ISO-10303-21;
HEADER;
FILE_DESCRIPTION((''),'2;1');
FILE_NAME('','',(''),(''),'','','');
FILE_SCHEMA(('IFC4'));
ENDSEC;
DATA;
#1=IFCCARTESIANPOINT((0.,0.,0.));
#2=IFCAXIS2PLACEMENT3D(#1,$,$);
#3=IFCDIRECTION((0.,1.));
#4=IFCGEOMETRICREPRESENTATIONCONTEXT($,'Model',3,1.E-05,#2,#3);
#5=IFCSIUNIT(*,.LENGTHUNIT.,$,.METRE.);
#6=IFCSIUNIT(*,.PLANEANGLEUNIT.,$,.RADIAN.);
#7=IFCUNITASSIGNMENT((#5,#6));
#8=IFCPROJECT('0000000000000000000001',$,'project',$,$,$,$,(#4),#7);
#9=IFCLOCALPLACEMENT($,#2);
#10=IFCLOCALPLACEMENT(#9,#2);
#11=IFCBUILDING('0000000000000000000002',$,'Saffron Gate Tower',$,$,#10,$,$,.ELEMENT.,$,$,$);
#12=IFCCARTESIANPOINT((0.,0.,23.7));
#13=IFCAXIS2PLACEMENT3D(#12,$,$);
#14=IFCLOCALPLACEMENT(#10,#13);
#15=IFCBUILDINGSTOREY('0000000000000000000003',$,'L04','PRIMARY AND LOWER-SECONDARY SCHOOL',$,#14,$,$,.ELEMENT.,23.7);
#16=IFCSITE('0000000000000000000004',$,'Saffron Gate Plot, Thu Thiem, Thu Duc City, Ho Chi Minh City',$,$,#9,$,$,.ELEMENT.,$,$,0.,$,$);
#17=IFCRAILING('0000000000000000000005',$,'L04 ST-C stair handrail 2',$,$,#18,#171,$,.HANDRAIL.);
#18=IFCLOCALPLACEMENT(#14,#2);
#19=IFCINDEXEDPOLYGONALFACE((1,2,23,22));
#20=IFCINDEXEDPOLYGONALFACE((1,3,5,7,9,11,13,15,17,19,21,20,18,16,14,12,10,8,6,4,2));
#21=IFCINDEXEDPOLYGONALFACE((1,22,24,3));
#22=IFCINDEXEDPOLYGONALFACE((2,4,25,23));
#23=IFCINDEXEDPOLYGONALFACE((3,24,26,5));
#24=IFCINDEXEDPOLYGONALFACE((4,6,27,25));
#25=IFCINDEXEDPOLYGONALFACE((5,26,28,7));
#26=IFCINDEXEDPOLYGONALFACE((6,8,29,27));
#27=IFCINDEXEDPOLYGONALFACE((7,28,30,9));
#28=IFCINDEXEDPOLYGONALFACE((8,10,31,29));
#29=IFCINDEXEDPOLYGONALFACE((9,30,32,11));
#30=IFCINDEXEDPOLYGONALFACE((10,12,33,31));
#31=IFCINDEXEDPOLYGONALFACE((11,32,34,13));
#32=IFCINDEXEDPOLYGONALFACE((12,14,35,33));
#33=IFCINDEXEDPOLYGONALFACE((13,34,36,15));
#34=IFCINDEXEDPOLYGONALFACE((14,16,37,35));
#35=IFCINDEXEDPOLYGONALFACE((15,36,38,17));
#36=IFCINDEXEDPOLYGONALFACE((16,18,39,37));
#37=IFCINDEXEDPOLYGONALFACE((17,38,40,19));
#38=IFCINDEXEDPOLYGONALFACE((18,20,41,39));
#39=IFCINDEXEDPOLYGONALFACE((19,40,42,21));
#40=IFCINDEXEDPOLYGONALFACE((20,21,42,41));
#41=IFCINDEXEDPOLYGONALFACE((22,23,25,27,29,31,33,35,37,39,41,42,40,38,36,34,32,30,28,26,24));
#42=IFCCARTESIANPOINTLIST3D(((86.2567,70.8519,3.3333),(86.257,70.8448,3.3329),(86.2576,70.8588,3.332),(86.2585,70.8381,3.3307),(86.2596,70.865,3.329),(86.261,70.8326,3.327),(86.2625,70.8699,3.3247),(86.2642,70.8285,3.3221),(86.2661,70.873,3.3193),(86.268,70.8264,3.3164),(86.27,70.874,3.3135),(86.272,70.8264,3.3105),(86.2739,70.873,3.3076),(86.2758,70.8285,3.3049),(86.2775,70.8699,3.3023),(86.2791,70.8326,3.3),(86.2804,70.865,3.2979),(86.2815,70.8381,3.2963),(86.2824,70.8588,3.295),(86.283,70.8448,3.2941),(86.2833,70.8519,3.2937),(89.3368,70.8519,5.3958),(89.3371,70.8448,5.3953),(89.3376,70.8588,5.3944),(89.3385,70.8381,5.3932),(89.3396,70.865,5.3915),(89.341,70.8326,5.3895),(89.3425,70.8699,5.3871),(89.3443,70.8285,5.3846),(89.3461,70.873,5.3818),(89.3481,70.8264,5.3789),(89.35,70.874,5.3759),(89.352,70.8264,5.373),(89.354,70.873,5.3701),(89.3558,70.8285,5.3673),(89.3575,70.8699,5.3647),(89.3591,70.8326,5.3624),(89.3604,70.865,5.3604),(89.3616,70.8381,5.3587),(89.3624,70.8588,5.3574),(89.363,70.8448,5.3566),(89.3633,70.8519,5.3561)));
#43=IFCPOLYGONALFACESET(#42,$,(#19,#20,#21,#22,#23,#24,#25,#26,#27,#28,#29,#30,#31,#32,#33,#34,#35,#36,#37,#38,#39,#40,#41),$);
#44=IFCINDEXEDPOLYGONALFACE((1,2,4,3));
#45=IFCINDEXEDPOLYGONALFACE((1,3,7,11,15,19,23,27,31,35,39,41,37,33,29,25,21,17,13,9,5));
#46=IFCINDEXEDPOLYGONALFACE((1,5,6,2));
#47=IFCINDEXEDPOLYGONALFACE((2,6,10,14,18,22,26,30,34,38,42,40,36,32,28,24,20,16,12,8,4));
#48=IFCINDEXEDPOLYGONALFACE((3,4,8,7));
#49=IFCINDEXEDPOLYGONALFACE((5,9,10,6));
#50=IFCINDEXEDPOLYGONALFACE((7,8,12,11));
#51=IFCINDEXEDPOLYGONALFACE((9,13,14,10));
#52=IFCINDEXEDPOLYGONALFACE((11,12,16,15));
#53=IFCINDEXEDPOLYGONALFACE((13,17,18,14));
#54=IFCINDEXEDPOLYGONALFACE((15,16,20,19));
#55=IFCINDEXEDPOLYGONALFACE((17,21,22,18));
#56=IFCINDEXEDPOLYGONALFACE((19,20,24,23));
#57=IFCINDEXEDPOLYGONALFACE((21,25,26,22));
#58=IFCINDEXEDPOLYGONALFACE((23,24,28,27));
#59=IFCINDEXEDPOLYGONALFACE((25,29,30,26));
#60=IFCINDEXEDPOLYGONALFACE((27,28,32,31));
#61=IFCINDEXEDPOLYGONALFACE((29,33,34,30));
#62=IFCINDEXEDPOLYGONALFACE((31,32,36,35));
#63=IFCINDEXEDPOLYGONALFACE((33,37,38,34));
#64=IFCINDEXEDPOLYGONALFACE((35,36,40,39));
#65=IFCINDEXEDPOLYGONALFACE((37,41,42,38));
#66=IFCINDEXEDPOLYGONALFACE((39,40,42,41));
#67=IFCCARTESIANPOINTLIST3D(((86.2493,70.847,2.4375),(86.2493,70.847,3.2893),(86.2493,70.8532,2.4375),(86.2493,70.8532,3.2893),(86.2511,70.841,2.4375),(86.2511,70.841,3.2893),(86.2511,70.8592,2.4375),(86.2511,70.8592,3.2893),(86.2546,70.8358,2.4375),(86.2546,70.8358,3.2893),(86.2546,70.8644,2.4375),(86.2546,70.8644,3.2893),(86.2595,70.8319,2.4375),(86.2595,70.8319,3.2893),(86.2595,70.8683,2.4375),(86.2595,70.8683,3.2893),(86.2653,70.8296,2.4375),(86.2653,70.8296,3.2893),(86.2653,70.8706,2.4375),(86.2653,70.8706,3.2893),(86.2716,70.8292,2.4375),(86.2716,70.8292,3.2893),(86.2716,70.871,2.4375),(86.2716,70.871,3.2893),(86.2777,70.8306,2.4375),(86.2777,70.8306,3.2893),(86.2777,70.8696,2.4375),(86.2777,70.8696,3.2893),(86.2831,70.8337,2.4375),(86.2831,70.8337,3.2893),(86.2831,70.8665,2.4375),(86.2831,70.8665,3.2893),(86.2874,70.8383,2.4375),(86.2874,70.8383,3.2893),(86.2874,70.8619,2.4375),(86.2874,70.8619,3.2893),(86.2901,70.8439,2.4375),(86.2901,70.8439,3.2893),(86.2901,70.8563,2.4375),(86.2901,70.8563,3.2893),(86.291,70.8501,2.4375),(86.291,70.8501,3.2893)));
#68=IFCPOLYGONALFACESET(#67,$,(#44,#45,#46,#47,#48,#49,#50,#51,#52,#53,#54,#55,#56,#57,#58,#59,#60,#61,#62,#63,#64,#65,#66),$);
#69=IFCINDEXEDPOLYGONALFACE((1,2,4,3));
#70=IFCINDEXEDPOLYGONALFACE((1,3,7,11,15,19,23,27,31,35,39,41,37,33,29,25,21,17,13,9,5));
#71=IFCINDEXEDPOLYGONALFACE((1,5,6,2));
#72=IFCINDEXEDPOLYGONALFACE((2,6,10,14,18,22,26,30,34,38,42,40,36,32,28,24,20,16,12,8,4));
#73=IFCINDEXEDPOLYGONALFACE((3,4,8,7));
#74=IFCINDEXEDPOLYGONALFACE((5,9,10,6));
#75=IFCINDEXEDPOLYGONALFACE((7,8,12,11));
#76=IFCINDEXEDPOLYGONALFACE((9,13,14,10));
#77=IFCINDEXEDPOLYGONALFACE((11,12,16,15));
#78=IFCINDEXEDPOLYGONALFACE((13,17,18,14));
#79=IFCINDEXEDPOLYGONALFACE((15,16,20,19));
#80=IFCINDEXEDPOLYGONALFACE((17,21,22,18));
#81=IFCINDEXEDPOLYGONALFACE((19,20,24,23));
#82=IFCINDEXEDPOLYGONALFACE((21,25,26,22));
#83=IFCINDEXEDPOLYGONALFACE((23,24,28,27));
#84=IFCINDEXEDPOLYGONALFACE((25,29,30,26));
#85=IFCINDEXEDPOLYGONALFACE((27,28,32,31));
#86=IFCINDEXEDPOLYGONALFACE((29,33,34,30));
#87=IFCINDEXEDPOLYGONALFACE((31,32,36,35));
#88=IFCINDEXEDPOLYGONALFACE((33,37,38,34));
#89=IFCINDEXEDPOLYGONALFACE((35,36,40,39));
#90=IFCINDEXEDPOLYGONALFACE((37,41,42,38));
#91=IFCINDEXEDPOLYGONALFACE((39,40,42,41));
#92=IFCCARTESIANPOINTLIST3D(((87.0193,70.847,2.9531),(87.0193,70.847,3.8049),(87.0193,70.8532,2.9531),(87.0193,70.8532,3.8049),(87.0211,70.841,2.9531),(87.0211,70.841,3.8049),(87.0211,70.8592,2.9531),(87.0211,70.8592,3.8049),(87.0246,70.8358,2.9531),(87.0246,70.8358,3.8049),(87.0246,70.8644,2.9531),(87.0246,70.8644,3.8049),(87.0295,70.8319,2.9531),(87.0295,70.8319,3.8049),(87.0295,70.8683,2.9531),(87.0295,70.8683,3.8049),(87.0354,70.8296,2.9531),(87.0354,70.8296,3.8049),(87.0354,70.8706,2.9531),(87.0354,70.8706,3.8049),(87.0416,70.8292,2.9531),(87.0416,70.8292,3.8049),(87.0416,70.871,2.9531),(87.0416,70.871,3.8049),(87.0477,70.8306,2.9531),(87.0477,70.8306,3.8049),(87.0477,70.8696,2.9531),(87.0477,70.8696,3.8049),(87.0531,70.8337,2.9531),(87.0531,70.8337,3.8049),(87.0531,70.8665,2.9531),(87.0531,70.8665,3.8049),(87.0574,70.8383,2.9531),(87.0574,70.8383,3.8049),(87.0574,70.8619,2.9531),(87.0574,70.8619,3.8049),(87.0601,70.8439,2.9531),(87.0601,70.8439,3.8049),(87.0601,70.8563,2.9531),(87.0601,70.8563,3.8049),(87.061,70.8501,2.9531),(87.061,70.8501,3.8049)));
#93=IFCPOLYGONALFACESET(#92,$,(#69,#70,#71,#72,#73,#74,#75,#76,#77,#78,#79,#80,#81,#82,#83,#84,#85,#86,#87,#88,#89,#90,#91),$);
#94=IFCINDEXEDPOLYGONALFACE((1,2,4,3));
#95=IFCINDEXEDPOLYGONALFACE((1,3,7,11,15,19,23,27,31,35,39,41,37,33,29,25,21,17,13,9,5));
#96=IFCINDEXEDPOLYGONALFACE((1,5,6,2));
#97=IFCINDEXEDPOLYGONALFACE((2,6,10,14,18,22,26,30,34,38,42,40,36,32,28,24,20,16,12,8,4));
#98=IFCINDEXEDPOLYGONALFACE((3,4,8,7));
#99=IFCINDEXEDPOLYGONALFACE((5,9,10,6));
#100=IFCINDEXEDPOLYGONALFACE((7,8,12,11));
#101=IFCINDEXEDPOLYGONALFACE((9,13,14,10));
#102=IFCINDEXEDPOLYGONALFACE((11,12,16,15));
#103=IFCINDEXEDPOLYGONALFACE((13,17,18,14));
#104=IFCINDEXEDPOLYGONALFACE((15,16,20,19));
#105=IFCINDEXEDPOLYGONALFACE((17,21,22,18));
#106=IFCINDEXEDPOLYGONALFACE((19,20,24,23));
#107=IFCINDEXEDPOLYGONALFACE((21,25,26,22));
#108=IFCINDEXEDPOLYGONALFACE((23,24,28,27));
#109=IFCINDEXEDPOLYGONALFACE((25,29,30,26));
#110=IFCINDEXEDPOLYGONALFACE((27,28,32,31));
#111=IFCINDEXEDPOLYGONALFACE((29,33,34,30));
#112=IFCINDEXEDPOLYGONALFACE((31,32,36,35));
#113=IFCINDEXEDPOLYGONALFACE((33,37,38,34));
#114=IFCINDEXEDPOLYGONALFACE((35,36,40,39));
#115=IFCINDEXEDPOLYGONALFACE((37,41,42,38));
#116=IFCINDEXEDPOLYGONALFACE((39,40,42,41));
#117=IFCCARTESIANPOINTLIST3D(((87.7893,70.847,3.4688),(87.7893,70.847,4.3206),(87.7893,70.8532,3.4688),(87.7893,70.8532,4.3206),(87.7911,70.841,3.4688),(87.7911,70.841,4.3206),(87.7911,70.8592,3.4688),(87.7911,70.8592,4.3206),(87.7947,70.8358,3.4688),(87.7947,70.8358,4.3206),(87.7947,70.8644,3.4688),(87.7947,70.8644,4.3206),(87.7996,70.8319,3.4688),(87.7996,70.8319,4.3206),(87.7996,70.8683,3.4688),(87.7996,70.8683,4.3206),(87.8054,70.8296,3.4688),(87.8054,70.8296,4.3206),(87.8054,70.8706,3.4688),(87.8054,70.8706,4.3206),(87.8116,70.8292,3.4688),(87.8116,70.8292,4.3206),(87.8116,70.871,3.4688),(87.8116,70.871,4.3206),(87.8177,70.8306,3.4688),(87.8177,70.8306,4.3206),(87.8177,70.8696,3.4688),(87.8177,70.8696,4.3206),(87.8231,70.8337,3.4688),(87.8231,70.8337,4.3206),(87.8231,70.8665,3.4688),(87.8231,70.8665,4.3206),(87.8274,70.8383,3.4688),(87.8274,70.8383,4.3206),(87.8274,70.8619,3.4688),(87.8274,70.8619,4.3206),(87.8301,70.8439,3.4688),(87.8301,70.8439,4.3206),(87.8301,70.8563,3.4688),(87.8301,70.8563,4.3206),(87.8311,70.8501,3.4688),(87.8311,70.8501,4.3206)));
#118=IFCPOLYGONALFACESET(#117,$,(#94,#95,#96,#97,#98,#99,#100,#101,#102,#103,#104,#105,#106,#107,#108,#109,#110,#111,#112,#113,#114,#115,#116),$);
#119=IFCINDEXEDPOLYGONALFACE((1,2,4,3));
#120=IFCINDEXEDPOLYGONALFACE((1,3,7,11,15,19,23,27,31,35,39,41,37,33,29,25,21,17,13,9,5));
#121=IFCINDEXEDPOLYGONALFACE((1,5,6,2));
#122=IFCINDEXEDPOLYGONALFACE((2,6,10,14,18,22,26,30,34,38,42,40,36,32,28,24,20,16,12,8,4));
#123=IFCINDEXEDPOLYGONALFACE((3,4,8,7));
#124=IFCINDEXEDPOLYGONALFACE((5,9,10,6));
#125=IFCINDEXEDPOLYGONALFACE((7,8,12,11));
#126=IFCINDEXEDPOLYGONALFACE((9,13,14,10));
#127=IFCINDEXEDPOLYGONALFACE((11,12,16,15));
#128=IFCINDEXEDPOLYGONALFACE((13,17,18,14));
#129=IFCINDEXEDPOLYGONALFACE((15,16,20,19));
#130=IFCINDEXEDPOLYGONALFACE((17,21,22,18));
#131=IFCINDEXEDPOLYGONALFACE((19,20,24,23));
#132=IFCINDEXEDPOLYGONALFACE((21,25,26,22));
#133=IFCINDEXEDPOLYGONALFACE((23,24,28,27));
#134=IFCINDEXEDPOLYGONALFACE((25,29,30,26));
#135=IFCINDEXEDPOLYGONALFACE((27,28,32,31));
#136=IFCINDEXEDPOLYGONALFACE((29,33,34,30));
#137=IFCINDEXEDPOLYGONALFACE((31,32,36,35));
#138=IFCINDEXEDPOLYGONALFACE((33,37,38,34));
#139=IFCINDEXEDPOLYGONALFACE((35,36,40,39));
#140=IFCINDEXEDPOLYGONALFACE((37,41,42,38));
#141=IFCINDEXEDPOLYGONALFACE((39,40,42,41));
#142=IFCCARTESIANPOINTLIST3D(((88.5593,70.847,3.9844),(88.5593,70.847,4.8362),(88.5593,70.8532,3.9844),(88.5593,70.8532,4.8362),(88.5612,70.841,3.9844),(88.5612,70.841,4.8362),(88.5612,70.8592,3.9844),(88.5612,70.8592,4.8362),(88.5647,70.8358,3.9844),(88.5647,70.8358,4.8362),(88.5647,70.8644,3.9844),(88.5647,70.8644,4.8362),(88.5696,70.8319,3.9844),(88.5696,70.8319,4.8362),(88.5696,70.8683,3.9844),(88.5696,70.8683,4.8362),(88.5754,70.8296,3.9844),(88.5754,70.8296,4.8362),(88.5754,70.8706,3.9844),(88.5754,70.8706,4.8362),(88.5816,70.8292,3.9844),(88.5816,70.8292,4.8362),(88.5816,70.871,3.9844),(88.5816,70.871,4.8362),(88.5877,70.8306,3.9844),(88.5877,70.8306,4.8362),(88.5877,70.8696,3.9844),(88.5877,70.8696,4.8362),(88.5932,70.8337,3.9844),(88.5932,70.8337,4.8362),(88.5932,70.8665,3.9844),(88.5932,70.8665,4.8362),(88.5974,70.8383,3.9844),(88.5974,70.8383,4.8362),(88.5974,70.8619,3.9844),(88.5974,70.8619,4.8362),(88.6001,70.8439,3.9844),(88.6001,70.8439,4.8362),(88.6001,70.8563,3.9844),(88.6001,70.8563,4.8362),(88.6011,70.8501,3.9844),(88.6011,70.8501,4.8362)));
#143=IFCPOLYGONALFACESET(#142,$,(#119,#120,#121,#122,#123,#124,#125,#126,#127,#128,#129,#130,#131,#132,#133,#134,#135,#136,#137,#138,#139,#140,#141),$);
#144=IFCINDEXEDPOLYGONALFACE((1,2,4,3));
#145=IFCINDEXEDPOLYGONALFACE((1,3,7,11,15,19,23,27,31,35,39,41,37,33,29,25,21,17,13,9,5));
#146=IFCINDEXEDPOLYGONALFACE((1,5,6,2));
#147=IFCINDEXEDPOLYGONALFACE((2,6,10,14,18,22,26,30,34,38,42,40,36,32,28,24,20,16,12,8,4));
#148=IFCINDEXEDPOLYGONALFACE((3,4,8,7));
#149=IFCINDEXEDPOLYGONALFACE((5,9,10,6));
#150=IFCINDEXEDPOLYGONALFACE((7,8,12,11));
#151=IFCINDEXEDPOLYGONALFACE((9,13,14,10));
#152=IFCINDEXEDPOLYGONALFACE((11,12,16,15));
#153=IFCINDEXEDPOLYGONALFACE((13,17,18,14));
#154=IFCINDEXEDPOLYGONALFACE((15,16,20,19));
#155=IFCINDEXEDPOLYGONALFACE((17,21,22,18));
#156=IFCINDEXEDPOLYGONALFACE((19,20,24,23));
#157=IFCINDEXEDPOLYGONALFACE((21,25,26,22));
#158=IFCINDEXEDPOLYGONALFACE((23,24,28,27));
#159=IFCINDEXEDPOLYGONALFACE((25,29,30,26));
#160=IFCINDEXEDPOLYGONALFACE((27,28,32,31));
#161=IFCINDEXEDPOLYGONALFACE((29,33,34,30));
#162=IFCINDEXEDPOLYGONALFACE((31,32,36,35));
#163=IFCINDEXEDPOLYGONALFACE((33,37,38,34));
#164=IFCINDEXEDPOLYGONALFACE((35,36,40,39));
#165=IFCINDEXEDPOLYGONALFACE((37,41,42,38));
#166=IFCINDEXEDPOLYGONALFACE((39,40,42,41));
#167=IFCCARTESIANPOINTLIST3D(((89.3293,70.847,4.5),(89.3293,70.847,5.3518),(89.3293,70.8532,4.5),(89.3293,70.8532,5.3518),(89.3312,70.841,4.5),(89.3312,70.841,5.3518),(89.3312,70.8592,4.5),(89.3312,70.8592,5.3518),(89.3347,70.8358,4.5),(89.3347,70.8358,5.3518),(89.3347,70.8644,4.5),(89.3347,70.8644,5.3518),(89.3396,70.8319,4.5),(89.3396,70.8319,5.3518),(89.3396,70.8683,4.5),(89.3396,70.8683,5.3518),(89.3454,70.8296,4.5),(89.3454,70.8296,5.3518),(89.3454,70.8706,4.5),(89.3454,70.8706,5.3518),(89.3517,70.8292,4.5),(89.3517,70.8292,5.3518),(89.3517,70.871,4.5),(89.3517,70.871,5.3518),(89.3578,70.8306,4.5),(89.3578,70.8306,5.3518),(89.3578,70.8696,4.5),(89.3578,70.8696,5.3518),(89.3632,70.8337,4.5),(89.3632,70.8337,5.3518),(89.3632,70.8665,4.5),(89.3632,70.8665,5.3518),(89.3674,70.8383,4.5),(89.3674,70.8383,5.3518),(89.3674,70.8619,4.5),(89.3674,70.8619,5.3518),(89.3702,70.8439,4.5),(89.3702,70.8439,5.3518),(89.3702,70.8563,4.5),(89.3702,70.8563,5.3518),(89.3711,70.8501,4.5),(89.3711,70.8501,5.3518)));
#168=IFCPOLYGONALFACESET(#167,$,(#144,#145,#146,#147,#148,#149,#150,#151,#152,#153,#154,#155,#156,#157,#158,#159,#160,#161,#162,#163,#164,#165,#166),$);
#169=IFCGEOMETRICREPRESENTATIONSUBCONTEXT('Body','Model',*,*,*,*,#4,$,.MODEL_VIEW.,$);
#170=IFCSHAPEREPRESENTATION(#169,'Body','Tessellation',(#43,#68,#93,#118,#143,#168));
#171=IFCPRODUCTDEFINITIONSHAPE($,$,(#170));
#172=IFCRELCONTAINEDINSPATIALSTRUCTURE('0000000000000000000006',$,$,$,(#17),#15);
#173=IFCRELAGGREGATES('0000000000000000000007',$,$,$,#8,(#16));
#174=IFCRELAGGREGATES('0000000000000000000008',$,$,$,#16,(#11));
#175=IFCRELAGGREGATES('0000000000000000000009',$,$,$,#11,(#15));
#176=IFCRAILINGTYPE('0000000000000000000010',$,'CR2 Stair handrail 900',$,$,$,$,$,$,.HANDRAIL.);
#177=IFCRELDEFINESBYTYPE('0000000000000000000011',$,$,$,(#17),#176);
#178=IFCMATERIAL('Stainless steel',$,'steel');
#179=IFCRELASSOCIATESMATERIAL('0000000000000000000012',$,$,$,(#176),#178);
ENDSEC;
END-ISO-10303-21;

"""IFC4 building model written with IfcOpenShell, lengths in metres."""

from ifc_helpers import new_model, si_unit, direction, frame, origin, origin_2d, place, context, subcontext, project, spatial, circle, extrude, material, type_object, element, save


model = new_model("IFC4")

# Units and contexts
model_context = context("Model", 3, precision=1e-05, world=origin(), true_north=direction((0.0, 1.0)))
body_context = subcontext(model_context, "Body", "Model", "MODEL_VIEW")
ifc_project = project(units=[si_unit("LENGTHUNIT", "METRE"), si_unit("PLANEANGLEUNIT", "RADIAN")], contexts=[model_context])

# Site, building, storey
site_placement = place(None, origin())
site = spatial("IfcSite", under=ifc_project, at=site_placement, Name="Saffron Gate Plot, Thu Thiem, Thu Duc City, Ho Chi Minh City", CompositionType="ELEMENT", RefElevation=0.0)
building_placement = place(site_placement, origin())
building = spatial("IfcBuilding", under=site, at=building_placement, Name="Saffron Gate Tower", CompositionType="ELEMENT")
storey_placement = place(building_placement, frame((0.0, 0.0, 23.7)))
storey = spatial("IfcBuildingStorey", under=building, at=storey_placement, Name="L04", Description="PRIMARY AND LOWER-SECONDARY SCHOOL", CompositionType="ELEMENT", Elevation=23.7)

# Railing
ifc_material_1 = material(Name="Stainless steel", Category="steel")
railing_type_1 = type_object("IfcRailingType", Name="CR2 Stair handrail 900", PredefinedType="HANDRAIL", material=ifc_material_1)
railing_1_placement = place(storey_placement, frame((86.27, 70.8501, 2.4375)))
element("IfcRailing", 1, at=railing_1_placement, inside=storey, type_object=railing_type_1, Name="L04 ST-C stair handrail 2", PredefinedType="HANDRAIL", context=body_context, shape_type="SweptSolid", body=[
    extrude(circle(Radius=0.0239, at=origin_2d()), frame((0.0, 0.0, 0.876), z_axis=(0.830914, 0.0, 0.556401), x_axis=(0.0, 1.0, 0.0)), (0.0, 0.0, 1.0), 3.7068),
    extrude(circle(Radius=0.021, at=origin_2d()), origin(), (0.0, 0.0, 1.0), 0.8518),
    extrude(circle(Radius=0.021, at=origin_2d()), frame((0.77, 0.0, 0.5156)), (0.0, 0.0, 1.0), 0.8518),
    extrude(circle(Radius=0.021, at=origin_2d()), frame((1.54, 0.0, 1.0312)), (0.0, 0.0, 1.0), 0.8518),
    extrude(circle(Radius=0.021, at=origin_2d()), frame((2.3101, 0.0, 1.5469)), (0.0, 0.0, 1.0), 0.8518),
    extrude(circle(Radius=0.021, at=origin_2d()), frame((3.0801, 0.0, 2.0625)), (0.0, 0.0, 1.0), 0.8518),
])

save(model, "model.ifc")
